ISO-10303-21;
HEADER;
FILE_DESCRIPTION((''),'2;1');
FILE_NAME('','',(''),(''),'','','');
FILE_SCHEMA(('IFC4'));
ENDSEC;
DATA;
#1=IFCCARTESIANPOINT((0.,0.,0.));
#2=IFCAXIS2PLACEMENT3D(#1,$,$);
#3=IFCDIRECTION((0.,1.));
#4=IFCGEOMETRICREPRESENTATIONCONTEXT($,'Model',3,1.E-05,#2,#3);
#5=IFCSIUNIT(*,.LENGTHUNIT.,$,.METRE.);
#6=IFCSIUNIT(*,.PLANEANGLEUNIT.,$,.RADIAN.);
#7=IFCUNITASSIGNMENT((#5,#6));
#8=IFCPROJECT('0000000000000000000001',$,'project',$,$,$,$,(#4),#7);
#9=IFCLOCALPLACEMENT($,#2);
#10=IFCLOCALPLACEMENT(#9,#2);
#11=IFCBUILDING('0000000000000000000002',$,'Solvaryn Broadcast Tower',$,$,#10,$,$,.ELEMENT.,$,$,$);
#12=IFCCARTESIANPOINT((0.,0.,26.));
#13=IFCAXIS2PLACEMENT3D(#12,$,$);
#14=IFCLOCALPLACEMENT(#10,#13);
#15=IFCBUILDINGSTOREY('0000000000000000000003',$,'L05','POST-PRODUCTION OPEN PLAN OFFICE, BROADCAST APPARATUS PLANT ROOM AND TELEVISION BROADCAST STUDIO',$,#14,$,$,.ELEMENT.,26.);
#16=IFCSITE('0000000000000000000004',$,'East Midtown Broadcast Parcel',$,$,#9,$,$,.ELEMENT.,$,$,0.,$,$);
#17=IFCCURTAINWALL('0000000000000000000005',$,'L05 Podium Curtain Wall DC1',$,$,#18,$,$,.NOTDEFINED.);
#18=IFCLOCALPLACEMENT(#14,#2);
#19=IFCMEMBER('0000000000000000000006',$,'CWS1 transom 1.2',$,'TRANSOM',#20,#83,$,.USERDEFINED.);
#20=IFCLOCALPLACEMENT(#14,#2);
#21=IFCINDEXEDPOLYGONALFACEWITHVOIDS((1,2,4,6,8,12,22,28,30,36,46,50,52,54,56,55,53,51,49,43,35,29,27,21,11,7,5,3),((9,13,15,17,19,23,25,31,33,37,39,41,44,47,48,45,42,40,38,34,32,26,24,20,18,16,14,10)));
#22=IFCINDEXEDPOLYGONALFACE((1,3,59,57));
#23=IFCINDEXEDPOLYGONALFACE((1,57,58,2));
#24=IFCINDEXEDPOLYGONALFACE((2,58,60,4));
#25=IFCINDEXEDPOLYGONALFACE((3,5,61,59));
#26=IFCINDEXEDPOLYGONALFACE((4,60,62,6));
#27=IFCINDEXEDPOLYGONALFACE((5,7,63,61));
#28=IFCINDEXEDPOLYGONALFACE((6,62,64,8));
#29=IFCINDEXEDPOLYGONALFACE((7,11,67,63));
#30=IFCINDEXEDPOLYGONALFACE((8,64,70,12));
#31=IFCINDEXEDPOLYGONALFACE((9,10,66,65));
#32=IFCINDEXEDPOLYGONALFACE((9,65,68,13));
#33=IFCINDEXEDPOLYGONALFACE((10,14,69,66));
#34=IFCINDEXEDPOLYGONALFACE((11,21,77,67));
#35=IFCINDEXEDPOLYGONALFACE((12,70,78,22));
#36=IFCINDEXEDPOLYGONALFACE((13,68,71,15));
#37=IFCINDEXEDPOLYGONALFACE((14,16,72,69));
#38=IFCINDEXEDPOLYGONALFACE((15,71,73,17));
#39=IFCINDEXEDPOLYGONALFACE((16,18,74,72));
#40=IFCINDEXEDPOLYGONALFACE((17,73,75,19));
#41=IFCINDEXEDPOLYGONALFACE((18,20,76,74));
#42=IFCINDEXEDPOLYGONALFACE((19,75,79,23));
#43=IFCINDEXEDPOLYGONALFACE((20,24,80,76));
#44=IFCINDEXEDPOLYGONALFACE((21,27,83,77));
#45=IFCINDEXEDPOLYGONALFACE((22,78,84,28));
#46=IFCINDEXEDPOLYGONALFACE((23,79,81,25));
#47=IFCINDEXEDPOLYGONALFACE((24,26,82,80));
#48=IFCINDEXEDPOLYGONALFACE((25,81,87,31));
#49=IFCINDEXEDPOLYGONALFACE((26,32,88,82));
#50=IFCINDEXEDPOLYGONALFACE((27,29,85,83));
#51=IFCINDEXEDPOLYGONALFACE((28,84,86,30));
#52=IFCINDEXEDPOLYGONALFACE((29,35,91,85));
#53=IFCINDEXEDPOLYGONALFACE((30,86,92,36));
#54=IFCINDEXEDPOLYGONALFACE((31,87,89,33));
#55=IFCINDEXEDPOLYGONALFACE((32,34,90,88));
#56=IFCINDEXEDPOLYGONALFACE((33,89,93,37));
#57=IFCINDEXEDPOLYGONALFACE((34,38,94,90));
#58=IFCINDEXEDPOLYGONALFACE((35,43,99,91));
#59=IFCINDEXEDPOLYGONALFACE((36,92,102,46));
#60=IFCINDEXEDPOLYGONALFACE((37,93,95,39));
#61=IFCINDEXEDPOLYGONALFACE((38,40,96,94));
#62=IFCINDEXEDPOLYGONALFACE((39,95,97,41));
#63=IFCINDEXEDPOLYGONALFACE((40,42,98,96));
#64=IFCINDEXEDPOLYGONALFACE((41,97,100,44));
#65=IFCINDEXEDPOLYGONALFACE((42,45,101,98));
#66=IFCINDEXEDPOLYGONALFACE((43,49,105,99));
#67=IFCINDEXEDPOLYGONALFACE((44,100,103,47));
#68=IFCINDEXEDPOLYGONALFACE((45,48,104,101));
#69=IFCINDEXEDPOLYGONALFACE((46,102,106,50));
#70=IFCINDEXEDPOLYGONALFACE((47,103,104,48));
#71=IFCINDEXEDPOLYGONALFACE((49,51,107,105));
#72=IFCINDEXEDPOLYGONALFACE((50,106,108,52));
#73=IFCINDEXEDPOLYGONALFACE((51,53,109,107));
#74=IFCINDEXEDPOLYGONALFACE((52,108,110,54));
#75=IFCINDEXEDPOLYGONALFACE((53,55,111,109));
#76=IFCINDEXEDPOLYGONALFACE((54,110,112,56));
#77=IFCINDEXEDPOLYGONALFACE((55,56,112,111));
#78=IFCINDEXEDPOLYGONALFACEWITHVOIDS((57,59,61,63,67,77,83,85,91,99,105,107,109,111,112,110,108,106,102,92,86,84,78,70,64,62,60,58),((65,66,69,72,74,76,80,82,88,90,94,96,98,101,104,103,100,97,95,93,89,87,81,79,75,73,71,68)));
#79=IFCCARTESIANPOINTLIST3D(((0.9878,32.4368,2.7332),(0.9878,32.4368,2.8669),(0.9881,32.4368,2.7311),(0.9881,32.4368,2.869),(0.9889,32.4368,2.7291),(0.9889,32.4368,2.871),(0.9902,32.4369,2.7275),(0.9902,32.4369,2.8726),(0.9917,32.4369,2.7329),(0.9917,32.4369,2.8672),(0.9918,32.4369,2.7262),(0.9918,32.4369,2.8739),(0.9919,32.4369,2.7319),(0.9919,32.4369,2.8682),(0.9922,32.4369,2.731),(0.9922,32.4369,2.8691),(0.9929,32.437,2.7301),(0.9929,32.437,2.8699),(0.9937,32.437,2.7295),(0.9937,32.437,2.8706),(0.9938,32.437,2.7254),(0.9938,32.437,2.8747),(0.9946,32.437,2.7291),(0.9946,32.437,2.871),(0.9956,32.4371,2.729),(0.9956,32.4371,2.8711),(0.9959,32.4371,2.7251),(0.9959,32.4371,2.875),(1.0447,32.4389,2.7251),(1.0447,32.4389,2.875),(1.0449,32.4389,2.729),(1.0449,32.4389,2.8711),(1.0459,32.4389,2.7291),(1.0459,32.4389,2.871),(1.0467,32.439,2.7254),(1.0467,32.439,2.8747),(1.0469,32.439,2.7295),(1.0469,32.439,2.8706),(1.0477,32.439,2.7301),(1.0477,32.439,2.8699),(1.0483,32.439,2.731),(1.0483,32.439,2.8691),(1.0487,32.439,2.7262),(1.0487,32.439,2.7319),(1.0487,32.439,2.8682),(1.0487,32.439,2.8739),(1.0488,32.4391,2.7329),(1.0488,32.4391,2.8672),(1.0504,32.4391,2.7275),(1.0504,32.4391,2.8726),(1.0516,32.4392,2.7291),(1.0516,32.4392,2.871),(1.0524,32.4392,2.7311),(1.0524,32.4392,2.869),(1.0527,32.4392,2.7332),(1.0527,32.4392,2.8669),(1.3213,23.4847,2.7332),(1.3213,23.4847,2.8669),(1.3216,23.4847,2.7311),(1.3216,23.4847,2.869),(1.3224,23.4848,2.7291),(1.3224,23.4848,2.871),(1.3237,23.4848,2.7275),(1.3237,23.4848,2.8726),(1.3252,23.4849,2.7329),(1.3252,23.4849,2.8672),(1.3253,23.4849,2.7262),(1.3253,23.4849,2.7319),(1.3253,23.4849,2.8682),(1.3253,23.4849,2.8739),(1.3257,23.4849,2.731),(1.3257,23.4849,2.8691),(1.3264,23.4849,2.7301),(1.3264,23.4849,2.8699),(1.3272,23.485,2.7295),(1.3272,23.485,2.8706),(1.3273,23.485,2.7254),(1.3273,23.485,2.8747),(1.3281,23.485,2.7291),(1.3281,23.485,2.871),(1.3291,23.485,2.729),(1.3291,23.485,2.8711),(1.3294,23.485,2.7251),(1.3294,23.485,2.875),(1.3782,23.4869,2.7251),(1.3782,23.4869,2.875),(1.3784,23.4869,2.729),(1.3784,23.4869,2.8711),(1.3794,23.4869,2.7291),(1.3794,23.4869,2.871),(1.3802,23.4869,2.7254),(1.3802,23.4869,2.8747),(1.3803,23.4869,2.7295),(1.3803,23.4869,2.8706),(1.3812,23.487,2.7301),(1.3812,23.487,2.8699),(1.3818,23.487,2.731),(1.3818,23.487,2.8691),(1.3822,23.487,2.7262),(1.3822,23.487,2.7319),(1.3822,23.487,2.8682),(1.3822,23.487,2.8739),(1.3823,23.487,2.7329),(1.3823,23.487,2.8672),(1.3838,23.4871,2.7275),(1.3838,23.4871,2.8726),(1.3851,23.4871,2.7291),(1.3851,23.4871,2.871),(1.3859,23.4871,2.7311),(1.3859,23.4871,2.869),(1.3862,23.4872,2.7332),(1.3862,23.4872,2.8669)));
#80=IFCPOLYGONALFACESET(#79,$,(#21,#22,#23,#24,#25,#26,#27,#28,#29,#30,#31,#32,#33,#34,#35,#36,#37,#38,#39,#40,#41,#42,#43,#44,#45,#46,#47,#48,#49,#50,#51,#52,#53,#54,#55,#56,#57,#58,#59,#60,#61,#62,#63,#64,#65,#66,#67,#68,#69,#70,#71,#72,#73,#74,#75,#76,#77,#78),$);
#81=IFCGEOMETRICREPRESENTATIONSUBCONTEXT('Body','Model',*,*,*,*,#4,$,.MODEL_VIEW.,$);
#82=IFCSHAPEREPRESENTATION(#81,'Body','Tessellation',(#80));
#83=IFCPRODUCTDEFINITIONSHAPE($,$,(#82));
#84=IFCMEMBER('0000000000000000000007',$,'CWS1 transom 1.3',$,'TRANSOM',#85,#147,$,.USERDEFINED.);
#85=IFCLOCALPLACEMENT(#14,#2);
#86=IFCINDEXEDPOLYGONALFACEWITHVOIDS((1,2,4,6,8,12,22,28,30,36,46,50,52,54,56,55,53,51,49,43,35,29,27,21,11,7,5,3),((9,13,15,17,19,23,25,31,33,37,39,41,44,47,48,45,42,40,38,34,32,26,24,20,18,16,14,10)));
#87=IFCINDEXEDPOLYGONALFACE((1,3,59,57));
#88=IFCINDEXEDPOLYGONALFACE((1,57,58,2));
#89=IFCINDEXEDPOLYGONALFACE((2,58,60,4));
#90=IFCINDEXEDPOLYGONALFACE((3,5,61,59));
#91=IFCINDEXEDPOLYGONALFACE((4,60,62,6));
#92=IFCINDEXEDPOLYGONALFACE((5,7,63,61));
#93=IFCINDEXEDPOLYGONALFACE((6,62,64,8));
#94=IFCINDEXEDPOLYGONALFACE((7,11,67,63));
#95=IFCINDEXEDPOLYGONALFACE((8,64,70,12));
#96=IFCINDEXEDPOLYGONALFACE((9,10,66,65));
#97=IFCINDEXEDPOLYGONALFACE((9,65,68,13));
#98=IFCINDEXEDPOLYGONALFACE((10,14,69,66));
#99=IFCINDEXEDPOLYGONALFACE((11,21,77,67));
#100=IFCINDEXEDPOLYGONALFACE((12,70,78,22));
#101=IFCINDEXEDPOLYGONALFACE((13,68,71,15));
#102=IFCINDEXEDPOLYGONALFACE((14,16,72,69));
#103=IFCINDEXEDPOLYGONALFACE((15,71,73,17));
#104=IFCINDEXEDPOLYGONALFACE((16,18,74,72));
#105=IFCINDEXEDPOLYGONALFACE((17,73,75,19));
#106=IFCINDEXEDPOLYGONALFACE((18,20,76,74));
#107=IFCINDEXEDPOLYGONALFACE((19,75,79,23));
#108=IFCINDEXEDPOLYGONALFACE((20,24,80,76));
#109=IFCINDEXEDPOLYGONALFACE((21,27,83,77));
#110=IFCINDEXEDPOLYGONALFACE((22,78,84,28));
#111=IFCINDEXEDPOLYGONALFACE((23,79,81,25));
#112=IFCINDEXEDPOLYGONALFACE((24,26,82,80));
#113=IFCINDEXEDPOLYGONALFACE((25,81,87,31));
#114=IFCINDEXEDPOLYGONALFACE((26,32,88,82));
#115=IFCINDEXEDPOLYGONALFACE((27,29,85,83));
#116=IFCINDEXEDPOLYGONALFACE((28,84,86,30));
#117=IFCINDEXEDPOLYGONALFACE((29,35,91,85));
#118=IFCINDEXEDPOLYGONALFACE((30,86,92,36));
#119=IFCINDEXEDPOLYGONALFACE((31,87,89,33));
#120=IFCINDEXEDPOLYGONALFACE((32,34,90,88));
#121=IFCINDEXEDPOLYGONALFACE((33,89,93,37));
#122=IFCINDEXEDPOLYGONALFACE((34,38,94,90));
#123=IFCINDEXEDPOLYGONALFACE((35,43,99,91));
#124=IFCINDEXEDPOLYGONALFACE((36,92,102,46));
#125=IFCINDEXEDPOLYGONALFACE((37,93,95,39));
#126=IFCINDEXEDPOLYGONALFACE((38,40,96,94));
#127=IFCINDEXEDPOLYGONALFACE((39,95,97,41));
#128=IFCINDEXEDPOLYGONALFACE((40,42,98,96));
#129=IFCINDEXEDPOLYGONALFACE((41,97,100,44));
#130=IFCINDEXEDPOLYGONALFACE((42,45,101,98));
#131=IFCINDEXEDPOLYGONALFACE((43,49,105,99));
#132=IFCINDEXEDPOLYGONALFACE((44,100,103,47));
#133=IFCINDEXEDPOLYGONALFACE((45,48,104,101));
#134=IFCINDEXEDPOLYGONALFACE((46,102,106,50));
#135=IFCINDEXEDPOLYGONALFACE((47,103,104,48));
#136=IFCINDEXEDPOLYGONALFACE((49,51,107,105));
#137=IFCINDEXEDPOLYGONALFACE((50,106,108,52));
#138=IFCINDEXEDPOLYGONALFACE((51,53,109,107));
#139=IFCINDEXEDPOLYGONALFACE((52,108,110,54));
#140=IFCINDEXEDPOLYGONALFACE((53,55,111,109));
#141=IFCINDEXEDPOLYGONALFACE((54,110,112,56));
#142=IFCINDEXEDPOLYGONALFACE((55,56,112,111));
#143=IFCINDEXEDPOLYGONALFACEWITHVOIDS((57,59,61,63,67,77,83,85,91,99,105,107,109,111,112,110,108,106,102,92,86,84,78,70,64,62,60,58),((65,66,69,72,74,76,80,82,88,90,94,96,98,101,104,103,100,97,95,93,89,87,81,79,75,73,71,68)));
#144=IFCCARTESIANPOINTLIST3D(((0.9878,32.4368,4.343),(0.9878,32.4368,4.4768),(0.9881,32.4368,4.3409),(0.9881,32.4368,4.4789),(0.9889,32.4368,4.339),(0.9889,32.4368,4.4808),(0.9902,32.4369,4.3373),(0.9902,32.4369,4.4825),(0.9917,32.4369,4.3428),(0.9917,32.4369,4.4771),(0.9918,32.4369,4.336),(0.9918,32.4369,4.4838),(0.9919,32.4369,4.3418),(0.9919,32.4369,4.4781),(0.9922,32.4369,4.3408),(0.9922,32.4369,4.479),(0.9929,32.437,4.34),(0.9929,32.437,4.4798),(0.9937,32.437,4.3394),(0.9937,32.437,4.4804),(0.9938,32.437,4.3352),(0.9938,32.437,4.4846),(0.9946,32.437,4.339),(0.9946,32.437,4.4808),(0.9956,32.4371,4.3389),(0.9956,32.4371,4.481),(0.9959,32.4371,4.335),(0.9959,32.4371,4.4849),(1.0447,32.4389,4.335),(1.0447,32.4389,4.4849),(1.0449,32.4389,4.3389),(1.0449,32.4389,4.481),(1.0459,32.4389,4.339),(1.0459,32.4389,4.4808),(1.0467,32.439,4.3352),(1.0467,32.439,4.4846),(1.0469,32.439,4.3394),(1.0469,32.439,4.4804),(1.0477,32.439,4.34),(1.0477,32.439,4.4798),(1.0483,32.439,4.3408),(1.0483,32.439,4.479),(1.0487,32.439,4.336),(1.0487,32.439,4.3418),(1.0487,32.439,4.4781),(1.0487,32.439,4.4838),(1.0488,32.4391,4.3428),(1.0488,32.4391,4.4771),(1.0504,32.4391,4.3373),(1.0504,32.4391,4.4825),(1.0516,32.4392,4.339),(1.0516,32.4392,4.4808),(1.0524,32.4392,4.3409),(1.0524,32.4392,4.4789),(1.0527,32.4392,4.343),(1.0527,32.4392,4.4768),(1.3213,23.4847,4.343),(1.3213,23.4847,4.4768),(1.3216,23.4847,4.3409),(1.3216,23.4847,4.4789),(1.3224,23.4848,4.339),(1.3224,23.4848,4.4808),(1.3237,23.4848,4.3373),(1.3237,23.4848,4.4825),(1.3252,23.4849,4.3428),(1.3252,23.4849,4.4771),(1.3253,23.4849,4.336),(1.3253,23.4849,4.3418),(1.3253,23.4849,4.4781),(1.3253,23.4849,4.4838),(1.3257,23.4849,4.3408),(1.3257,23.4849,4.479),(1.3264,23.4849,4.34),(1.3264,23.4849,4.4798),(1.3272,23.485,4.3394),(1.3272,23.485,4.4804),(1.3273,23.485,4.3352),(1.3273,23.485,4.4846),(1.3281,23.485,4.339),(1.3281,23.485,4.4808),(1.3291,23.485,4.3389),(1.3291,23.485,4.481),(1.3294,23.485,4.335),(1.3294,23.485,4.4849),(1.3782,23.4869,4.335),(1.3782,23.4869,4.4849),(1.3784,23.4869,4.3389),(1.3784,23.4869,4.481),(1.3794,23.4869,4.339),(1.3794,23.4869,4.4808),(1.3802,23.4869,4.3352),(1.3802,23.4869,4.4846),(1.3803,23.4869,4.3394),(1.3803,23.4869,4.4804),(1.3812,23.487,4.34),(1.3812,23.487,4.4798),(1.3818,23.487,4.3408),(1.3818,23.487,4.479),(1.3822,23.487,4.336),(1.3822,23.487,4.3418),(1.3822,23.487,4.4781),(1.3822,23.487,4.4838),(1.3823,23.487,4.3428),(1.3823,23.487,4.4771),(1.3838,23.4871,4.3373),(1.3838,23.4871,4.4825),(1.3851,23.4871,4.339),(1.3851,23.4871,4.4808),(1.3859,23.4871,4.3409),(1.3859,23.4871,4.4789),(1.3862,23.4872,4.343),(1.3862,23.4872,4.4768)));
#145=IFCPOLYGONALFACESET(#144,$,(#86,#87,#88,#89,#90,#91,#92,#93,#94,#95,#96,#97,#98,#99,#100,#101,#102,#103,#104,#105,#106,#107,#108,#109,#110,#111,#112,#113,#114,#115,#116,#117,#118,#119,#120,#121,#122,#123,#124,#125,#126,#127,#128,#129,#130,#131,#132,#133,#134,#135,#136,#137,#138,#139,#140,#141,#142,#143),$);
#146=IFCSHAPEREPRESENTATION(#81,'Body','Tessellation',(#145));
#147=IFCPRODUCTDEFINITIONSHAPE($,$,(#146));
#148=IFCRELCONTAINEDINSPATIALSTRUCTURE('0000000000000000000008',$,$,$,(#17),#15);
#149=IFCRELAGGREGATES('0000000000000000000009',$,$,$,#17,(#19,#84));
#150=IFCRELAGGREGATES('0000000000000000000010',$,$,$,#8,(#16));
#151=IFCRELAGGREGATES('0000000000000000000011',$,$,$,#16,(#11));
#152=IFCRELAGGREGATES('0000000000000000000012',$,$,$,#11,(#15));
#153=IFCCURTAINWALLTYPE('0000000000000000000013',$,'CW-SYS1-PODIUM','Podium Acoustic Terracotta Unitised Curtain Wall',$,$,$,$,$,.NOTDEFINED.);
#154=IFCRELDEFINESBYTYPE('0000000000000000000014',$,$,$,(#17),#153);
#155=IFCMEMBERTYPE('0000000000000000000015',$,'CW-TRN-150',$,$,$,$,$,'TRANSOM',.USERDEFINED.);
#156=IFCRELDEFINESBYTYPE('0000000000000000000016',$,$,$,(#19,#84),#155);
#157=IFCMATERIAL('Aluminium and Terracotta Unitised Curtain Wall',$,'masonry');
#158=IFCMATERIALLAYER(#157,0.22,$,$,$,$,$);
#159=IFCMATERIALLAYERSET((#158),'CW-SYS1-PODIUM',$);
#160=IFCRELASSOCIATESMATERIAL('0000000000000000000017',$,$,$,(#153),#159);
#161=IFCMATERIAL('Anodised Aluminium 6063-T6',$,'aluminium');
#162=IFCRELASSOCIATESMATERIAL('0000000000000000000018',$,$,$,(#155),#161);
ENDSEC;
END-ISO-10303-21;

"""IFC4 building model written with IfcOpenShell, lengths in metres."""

from ifc_helpers import new_model, si_unit, direction, frame, origin, origin_2d, place, context, subcontext, project, spatial, hollow_rectangle, extrude, material, layer, layer_set, material_profile, profile_set, type_object, element, aggregate, save


model = new_model("IFC4")

# Units and contexts
model_context = context("Model", 3, precision=1e-05, world=origin(), true_north=direction((0.0, 1.0)))
body_context = subcontext(model_context, "Body", "Model", "MODEL_VIEW")
ifc_project = project(units=[si_unit("LENGTHUNIT", "METRE"), si_unit("PLANEANGLEUNIT", "RADIAN")], contexts=[model_context])

# Site, building, storey
site_placement = place(None, origin())
site = spatial("IfcSite", under=ifc_project, at=site_placement, Name="East Midtown Broadcast Parcel", CompositionType="ELEMENT", RefElevation=0.0)
building_placement = place(site_placement, origin())
building = spatial("IfcBuilding", under=site, at=building_placement, Name="Solvaryn Broadcast Tower", CompositionType="ELEMENT")
storey_placement = place(building_placement, frame((0.0, 0.0, 26.0)))
storey = spatial("IfcBuildingStorey", under=building, at=storey_placement, Name="L05", Description="POST-PRODUCTION OPEN PLAN OFFICE, BROADCAST APPARATUS PLANT ROOM AND TELEVISION BROADCAST STUDIO", CompositionType="ELEMENT", Elevation=26.0)

# Curtain wall, members
ifc_material_1 = material(Name="Aluminium and Terracotta Unitised Curtain Wall", Category="masonry")
ifc_layer_1 = layer(ifc_material_1, 0.22)
ifc_layer_set_1 = layer_set([ifc_layer_1], Name="CW-SYS1-PODIUM")
curtain_wall_type = type_object("IfcCurtainWallType", Name="CW-SYS1-PODIUM", Description="Podium Acoustic Terracotta Unitised Curtain Wall", PredefinedType="NOTDEFINED", material=ifc_layer_set_1)
curtain_wall_placement = place(storey_placement, origin())
curtain_wall = element("IfcCurtainWall", 1, at=curtain_wall_placement, inside=storey, type_object=curtain_wall_type, Name="L05 Podium Curtain Wall DC1", PredefinedType="NOTDEFINED")
ifc_material_2 = material(Name="Anodised Aluminium 6063-T6", Category="aluminium")
ifc_material_profile_1 = material_profile(ifc_material_2, hollow_rectangle(XDim=0.0649, YDim=0.1499, WallThickness=0.0039, InnerFilletRadius=0.0039, OuterFilletRadius=0.0081, at=origin_2d()))
ifc_profile_set_1 = profile_set([ifc_material_profile_1], Name="Anodised Aluminium 6063-T6")
member_type_1 = type_object("IfcMemberType", Name="CW-TRN-150", ElementType="TRANSOM", PredefinedType="USERDEFINED", material=ifc_profile_set_1)
member_1_placement = place(storey_placement, frame((1.0203, 32.438, 2.8), z_axis=(0.037227, -0.999307, 0.0), x_axis=(0.999307, 0.037227, 0.0)))
member_1 = element("IfcMember", 2, at=member_1_placement, type_object=member_type_1, Name="CWS1 transom 1.2", ObjectType="TRANSOM", PredefinedType="USERDEFINED", context=body_context, shape_type="SweptSolid", body=[
    extrude(hollow_rectangle(XDim=0.0649, YDim=0.1499, WallThickness=0.0039, InnerFilletRadius=0.0039, OuterFilletRadius=0.0081, at=origin_2d()), origin(), (0.0, 0.0, 1.0), 8.9583),
])
member_2_placement = place(storey_placement, frame((1.0203, 32.438, 4.4099), z_axis=(0.037227, -0.999307, 0.0), x_axis=(0.999307, 0.037227, 0.0)))
member_2 = element("IfcMember", 3, at=member_2_placement, type_object=member_type_1, Name="CWS1 transom 1.3", ObjectType="TRANSOM", PredefinedType="USERDEFINED", context=body_context, shape_type="SweptSolid", body=[
    extrude(hollow_rectangle(XDim=0.0649, YDim=0.1499, WallThickness=0.0039, InnerFilletRadius=0.0039, OuterFilletRadius=0.0081, at=origin_2d()), origin(), (0.0, 0.0, 1.0), 8.9583),
])
aggregate(curtain_wall, [member_1, member_2])

save(model, "model.ifc")
